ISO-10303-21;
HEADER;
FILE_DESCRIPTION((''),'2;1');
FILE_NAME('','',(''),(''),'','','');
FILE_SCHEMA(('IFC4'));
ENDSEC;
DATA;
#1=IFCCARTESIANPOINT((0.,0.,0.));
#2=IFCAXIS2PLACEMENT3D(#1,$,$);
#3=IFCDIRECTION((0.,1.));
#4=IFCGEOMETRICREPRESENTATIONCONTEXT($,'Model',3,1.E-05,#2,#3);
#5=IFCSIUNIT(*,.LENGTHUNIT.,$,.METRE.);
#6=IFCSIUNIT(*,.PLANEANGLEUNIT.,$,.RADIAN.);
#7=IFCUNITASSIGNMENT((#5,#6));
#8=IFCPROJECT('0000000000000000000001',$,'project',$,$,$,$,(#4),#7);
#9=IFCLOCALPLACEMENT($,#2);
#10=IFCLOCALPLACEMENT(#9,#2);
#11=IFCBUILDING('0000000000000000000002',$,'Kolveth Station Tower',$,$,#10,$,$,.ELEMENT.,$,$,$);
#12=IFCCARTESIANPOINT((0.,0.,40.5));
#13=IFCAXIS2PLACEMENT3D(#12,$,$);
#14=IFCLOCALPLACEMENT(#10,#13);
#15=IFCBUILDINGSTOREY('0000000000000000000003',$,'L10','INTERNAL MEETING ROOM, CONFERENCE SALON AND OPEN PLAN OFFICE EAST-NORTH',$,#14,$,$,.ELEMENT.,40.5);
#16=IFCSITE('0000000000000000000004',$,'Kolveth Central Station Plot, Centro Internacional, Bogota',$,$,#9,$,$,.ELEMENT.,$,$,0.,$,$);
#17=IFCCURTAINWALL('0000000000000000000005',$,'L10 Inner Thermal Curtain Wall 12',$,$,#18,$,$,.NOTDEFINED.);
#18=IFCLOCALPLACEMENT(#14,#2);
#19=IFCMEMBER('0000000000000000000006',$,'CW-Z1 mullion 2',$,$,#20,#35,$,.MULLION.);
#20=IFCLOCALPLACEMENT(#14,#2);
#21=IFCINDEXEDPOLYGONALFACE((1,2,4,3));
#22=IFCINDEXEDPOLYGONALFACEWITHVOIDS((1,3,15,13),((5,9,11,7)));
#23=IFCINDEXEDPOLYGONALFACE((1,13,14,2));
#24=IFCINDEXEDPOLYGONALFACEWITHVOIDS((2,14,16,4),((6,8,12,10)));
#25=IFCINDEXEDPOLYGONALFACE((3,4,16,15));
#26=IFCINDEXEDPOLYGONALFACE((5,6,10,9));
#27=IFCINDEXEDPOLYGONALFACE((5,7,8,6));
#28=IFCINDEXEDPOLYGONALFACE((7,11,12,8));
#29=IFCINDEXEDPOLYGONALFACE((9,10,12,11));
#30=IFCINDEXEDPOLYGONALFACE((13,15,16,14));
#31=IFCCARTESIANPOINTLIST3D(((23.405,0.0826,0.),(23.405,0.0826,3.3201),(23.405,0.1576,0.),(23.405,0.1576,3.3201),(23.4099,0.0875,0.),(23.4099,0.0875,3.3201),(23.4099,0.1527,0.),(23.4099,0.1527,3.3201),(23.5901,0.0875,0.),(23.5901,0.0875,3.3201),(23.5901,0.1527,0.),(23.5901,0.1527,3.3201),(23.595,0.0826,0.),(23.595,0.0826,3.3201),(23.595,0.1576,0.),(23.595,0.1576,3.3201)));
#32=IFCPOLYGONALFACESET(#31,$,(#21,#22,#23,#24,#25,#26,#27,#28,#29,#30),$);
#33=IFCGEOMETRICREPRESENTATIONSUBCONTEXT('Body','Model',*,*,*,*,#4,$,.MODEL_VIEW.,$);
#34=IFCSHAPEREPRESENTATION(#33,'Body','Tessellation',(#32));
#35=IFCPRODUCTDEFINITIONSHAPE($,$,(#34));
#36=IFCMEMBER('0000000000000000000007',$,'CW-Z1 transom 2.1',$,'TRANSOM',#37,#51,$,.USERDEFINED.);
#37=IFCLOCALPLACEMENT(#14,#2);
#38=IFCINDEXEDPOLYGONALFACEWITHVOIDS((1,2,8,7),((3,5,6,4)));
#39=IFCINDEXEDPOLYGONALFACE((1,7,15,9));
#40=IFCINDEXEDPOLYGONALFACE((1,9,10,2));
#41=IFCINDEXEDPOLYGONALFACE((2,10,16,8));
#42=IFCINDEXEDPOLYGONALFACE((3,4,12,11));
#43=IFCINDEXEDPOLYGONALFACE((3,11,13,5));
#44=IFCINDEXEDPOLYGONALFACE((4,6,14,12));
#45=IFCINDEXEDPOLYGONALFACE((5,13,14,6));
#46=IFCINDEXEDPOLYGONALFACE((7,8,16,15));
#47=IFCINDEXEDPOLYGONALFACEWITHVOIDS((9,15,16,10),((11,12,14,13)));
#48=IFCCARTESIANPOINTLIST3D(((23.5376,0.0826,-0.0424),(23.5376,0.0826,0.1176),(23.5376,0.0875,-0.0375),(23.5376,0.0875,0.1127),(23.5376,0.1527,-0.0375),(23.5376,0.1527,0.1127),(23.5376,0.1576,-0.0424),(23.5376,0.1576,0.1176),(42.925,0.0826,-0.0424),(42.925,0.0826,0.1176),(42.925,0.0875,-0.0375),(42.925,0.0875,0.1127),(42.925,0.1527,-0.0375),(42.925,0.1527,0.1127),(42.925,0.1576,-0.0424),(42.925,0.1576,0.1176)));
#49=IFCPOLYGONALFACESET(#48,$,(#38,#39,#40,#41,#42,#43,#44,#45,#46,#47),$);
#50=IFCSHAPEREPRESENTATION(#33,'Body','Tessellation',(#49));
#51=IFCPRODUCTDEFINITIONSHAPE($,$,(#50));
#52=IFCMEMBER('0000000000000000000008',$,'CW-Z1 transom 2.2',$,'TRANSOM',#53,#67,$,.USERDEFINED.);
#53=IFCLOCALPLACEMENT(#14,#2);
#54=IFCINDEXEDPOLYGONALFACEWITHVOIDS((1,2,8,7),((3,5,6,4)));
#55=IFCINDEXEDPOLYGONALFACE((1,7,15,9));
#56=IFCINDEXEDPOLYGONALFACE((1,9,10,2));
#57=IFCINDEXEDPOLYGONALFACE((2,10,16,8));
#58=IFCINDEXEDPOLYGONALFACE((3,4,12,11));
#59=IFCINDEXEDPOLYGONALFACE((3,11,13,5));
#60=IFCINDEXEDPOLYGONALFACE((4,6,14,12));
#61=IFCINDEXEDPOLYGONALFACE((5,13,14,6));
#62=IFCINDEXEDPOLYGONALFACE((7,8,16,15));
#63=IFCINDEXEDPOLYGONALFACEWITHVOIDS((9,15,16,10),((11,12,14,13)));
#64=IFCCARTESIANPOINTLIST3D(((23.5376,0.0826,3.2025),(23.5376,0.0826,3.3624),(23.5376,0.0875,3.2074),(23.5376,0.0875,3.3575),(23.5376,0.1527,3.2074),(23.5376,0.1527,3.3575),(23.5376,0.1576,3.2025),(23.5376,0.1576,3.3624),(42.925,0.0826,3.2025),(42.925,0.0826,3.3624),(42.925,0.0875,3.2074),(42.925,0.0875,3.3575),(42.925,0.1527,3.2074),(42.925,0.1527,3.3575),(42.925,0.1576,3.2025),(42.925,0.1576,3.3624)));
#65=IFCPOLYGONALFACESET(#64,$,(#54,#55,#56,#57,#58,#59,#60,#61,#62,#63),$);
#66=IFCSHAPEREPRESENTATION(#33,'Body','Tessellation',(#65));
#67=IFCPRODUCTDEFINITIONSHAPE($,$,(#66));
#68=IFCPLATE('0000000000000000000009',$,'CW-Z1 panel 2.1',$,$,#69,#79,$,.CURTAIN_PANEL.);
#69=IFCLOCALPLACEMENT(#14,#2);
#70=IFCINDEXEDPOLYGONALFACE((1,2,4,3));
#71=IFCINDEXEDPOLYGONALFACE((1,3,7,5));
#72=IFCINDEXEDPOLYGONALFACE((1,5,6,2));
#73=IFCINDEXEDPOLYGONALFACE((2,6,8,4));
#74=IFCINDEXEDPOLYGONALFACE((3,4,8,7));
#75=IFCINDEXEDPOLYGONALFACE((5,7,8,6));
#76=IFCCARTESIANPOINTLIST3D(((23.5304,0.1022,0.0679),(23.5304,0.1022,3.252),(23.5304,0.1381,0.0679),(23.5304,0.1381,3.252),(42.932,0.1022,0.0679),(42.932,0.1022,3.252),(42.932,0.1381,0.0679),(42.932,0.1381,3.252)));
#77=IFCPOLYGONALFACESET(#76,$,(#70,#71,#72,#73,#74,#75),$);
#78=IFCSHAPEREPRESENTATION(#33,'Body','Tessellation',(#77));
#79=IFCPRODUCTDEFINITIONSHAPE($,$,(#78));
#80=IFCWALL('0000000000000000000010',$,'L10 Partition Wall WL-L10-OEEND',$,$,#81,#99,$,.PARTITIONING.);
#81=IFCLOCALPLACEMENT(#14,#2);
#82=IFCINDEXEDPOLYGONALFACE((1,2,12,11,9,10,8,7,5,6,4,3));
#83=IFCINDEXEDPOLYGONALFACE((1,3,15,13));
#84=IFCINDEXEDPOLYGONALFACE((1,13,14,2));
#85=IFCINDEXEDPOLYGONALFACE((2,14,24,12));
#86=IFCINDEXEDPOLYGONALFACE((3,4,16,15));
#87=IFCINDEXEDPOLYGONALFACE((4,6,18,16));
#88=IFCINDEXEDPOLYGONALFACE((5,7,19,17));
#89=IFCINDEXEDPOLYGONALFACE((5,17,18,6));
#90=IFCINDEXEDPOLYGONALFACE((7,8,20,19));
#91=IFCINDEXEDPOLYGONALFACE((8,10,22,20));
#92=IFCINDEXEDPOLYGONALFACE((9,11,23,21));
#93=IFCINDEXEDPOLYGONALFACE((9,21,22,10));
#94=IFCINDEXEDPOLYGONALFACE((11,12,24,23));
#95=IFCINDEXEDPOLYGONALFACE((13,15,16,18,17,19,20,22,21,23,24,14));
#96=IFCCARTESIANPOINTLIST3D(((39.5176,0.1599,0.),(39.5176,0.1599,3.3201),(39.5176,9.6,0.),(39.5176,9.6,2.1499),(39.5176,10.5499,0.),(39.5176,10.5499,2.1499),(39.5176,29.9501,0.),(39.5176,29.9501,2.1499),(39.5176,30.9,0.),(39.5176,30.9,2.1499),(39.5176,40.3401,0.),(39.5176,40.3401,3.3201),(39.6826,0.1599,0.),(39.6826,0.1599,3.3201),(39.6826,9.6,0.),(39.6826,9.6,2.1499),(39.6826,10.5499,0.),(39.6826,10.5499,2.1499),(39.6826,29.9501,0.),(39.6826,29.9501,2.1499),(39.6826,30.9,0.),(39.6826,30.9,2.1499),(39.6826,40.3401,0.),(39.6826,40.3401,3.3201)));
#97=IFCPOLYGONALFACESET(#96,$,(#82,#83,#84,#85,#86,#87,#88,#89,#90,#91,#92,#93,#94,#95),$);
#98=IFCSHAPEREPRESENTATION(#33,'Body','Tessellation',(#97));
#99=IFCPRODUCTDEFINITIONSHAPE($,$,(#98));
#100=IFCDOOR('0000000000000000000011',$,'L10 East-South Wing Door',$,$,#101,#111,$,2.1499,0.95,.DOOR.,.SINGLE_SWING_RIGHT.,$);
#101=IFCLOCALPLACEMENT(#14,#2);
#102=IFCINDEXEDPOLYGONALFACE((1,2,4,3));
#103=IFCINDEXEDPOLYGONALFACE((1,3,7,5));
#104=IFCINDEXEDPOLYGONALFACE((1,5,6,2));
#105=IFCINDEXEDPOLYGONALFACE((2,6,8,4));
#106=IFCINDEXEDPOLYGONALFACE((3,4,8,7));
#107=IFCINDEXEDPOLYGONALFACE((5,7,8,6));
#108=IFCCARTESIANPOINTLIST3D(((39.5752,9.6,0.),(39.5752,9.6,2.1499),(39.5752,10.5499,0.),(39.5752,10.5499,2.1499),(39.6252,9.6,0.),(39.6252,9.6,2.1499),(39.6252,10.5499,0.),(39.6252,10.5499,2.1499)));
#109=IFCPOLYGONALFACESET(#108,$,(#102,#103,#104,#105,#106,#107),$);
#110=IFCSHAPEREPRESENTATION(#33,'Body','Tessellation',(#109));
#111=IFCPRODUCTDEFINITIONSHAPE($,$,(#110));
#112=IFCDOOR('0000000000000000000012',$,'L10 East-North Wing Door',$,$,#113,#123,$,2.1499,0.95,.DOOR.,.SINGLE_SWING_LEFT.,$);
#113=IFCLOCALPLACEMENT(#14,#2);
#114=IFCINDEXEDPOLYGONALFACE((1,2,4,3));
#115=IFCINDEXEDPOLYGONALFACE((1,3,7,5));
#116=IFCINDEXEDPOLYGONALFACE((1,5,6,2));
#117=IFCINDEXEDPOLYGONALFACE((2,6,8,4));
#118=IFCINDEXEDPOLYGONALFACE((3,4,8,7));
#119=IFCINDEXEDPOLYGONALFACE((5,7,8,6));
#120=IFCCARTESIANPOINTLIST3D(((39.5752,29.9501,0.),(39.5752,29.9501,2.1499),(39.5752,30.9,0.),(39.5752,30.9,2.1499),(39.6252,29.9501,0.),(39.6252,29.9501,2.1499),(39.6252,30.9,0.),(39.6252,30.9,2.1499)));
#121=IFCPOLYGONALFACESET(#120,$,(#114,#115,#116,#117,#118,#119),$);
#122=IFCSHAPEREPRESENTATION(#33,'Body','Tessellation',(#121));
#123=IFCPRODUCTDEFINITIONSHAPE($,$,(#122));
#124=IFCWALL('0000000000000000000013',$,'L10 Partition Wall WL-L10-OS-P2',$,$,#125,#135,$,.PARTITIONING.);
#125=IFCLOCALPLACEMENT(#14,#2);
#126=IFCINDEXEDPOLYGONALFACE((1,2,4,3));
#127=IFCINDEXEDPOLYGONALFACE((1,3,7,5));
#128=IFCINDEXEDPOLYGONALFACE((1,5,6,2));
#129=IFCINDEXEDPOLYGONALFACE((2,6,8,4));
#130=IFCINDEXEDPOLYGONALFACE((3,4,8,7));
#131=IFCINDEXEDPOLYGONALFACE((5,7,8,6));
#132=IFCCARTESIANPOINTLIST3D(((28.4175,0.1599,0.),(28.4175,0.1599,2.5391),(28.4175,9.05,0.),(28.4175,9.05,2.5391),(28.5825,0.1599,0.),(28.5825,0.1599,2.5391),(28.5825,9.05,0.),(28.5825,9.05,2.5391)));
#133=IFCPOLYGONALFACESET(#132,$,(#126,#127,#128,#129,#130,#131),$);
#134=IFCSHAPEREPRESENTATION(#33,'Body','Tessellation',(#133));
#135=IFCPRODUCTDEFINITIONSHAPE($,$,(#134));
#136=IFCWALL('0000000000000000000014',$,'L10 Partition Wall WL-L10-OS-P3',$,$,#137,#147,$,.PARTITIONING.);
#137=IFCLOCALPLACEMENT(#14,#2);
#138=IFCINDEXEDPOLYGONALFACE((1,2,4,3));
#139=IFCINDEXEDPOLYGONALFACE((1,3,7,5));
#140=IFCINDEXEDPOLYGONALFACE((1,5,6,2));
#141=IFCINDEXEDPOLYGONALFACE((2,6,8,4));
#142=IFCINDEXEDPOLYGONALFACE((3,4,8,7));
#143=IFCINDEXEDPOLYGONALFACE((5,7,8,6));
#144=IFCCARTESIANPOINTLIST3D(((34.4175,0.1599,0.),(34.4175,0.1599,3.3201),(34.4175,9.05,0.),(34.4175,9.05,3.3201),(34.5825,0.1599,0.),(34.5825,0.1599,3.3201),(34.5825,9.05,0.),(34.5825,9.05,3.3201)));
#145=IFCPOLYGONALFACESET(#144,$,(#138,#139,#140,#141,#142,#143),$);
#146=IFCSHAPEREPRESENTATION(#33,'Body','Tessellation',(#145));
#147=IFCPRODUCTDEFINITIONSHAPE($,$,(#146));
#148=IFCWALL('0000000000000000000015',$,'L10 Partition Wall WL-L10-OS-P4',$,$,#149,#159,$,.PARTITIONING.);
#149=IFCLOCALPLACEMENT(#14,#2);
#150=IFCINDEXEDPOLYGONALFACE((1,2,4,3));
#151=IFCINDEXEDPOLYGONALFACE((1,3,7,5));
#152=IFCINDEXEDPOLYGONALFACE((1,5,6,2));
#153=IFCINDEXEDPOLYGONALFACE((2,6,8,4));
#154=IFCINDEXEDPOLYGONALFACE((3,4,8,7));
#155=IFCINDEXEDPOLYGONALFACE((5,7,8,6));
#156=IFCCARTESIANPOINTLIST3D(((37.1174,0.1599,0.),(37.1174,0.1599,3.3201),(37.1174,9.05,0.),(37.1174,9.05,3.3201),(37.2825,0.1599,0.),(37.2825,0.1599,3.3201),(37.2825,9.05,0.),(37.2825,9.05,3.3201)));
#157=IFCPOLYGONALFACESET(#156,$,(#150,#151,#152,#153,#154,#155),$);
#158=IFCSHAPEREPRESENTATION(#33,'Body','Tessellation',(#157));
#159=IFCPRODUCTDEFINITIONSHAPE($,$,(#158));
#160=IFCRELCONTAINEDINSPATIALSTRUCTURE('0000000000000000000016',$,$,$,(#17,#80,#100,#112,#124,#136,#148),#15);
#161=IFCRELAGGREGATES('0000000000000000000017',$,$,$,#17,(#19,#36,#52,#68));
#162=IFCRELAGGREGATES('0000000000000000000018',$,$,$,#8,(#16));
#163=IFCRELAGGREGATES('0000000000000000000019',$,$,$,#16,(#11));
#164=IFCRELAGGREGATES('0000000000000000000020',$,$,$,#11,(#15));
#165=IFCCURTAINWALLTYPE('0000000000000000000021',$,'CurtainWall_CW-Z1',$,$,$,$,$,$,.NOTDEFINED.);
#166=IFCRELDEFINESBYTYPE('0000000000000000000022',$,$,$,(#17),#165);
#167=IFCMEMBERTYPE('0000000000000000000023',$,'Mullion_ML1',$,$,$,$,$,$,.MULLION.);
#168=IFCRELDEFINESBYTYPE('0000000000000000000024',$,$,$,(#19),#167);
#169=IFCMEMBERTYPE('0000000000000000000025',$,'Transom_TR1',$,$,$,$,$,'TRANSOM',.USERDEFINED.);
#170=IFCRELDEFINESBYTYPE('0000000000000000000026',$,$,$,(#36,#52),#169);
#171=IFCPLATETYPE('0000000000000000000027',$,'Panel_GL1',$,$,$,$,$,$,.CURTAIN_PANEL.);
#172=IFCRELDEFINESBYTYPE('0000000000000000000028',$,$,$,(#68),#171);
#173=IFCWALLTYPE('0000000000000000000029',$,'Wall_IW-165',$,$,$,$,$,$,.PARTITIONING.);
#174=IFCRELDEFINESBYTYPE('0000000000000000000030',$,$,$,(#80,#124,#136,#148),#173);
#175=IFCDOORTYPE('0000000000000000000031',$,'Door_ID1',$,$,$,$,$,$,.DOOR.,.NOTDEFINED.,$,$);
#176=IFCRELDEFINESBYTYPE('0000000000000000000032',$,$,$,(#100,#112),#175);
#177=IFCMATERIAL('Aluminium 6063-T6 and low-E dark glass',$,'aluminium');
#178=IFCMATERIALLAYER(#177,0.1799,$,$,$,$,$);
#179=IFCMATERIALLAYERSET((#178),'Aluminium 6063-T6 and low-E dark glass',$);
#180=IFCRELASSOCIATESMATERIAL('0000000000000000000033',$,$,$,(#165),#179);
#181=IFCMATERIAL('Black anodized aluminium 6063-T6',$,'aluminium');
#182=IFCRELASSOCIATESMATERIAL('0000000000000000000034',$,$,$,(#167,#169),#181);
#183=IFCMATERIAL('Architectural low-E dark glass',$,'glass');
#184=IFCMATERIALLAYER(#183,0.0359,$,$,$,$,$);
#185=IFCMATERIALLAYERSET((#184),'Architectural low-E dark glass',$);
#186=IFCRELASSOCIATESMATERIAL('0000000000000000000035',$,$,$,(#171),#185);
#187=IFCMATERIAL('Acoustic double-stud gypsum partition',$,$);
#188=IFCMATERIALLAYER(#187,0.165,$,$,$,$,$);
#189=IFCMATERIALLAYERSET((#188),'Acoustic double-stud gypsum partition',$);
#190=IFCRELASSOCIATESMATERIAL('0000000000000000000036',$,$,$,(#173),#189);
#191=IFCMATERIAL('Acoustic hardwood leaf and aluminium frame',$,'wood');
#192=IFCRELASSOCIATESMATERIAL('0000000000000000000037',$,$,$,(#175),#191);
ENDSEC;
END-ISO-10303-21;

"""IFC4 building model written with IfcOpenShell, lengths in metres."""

from ifc_helpers import new_model, si_unit, direction, frame, frame_2d, origin, origin_2d, place, context, subcontext, project, spatial, rectangle, hollow_rectangle, extrude, source, transform, mapped, material, layer, layer_set, material_profile, profile_set, type_object, element, fill, aggregate, save


model = new_model("IFC4")

# Units and contexts
model_context = context("Model", 3, precision=1e-05, world=origin(), true_north=direction((0.0, 1.0)))
body_context = subcontext(model_context, "Body", "Model", "MODEL_VIEW")
ifc_project = project(units=[si_unit("LENGTHUNIT", "METRE"), si_unit("PLANEANGLEUNIT", "RADIAN")], contexts=[model_context])

# Site, building, storey
site_placement = place(None, origin())
site = spatial("IfcSite", under=ifc_project, at=site_placement, Name="Kolveth Central Station Plot, Centro Internacional, Bogota", CompositionType="ELEMENT", RefElevation=0.0)
building_placement = place(site_placement, origin())
building = spatial("IfcBuilding", under=site, at=building_placement, Name="Kolveth Station Tower", CompositionType="ELEMENT")
storey_placement = place(building_placement, frame((0.0, 0.0, 40.5)))
storey = spatial("IfcBuildingStorey", under=building, at=storey_placement, Name="L10", Description="INTERNAL MEETING ROOM, CONFERENCE SALON AND OPEN PLAN OFFICE EAST-NORTH", CompositionType="ELEMENT", Elevation=40.5)

# Curtain wall, members, plate
ifc_material_1 = material(Name="Aluminium 6063-T6 and low-E dark glass", Category="aluminium")
ifc_layer_1 = layer(ifc_material_1, 0.1799)
ifc_layer_set_1 = layer_set([ifc_layer_1], Name="Aluminium 6063-T6 and low-E dark glass")
curtain_wall_type = type_object("IfcCurtainWallType", Name="CurtainWall_CW-Z1", PredefinedType="NOTDEFINED", material=ifc_layer_set_1)
curtain_wall_placement = place(storey_placement, origin())
curtain_wall = element("IfcCurtainWall", 1, at=curtain_wall_placement, inside=storey, type_object=curtain_wall_type, Name="L10 Inner Thermal Curtain Wall 12", PredefinedType="NOTDEFINED")
ifc_material_2 = material(Name="Black anodized aluminium 6063-T6", Category="aluminium")
ifc_material_profile_1 = material_profile(ifc_material_2, hollow_rectangle(XDim=0.075, YDim=0.1899, WallThickness=0.0049, at=origin_2d()), Name="ALU-75x190x5")
ifc_profile_set_1 = profile_set([ifc_material_profile_1], Name="Black anodized aluminium 6063-T6")
member_type_1 = type_object("IfcMemberType", Name="Mullion_ML1", PredefinedType="MULLION", material=ifc_profile_set_1)
shared_shape_1 = source(origin(), body_context, "Body", "SweptSolid", [
    extrude(hollow_rectangle(XDim=0.075, YDim=0.1899, WallThickness=0.0049, at=origin_2d()), origin(), (0.0, 0.0, 1.0), 3.3201),
])
member_1_placement = place(storey_placement, frame((23.5, 0.1201, 0.0), z_axis=(0.0, 0.0, 1.0), x_axis=(0.0, 1.0, 0.0)))
member_1 = element("IfcMember", 2, at=member_1_placement, type_object=member_type_1, Name="CW-Z1 mullion 2", PredefinedType="MULLION", context=body_context, shape_type="MappedRepresentation", body=[
    mapped(shared_shape_1, transform((0.0, 0.0, 0.0), x_axis=(1.0, 0.0, 0.0), y_axis=(0.0, 1.0, 0.0), z_axis=(0.0, 0.0, 1.0), scale=1.0)),
])
ifc_material_profile_2 = material_profile(ifc_material_2, hollow_rectangle(XDim=0.075, YDim=0.1599, WallThickness=0.0049, at=origin_2d()), Name="ALU-75x160x5")
ifc_profile_set_2 = profile_set([ifc_material_profile_2], Name="Black anodized aluminium 6063-T6")
member_type_2 = type_object("IfcMemberType", Name="Transom_TR1", ElementType="TRANSOM", PredefinedType="USERDEFINED", material=ifc_profile_set_2)
shared_shape_2 = source(origin(), body_context, "Body", "SweptSolid", [
    extrude(hollow_rectangle(XDim=0.075, YDim=0.1599, WallThickness=0.0049, at=origin_2d()), origin(), (0.0, 0.0, 1.0), 19.3875),
])
member_2_placement = place(storey_placement, frame((23.5376, 0.1201, 0.0376), z_axis=(1.0, 0.0, 0.0), x_axis=(0.0, 1.0, 0.0)))
member_2 = element("IfcMember", 3, at=member_2_placement, type_object=member_type_2, Name="CW-Z1 transom 2.1", ObjectType="TRANSOM", PredefinedType="USERDEFINED", context=body_context, shape_type="MappedRepresentation", body=[
    mapped(shared_shape_2, transform((0.0, 0.0, 0.0), x_axis=(1.0, 0.0, 0.0), y_axis=(0.0, 1.0, 0.0), z_axis=(0.0, 0.0, 1.0), scale=1.0)),
])
member_3_placement = place(storey_placement, frame((23.5376, 0.1201, 3.2825), z_axis=(1.0, 0.0, 0.0), x_axis=(0.0, 1.0, 0.0)))
member_3 = element("IfcMember", 4, at=member_3_placement, type_object=member_type_2, Name="CW-Z1 transom 2.2", ObjectType="TRANSOM", PredefinedType="USERDEFINED", context=body_context, shape_type="MappedRepresentation", body=[
    mapped(shared_shape_2, transform((0.0, 0.0, 0.0), x_axis=(1.0, 0.0, 0.0), y_axis=(0.0, 1.0, 0.0), z_axis=(0.0, 0.0, 1.0), scale=1.0)),
])
ifc_material_3 = material(Name="Architectural low-E dark glass", Category="glass")
ifc_layer_2 = layer(ifc_material_3, 0.0359)
ifc_layer_set_2 = layer_set([ifc_layer_2], Name="Architectural low-E dark glass")
plate_type = type_object("IfcPlateType", Name="Panel_GL1", PredefinedType="CURTAIN_PANEL", material=ifc_layer_set_2)
shared_shape_3 = source(origin(), body_context, "Body", "SweptSolid", [
    extrude(rectangle(XDim=19.4016, YDim=0.0359, at=origin_2d()), origin(), (0.0, 0.0, 1.0), 3.1841),
])
plate_placement = place(storey_placement, frame((33.2312, 0.1201, 0.0679), z_axis=(0.0, 0.0, 1.0), x_axis=(1.0, 0.0, 0.0)))
plate = element("IfcPlate", 5, at=plate_placement, type_object=plate_type, Name="CW-Z1 panel 2.1", PredefinedType="CURTAIN_PANEL", context=body_context, shape_type="MappedRepresentation", body=[
    mapped(shared_shape_3, transform((0.0, 0.0, 0.0), x_axis=(1.0, 0.0, 0.0), y_axis=(0.0, 1.0, 0.0), z_axis=(0.0, 0.0, 1.0), scale=1.0)),
])
aggregate(curtain_wall, [member_1, member_2, member_3, plate])

# Wall, openings, doors
ifc_material_4 = material(Name="Acoustic double-stud gypsum partition")
ifc_layer_3 = layer(ifc_material_4, 0.165)
ifc_layer_set_3 = layer_set([ifc_layer_3], Name="Acoustic double-stud gypsum partition")
wall_type = type_object("IfcWallType", Name="Wall_IW-165", PredefinedType="PARTITIONING", material=ifc_layer_set_3)
wall_1_placement = place(storey_placement, frame((39.6001, 0.1599, 0.0), z_axis=(0.0, 0.0, 1.0), x_axis=(0.0, 1.0, 0.0)))
wall_1 = element("IfcWall", 6, at=wall_1_placement, inside=storey, type_object=wall_type, Name="L10 Partition Wall WL-L10-OEEND", PredefinedType="PARTITIONING", context=body_context, shape_type="SweptSolid", body=[
    extrude(rectangle(XDim=40.1802, YDim=0.165, at=frame_2d((20.0901, 0.0))), origin(), (0.0, 0.0, 1.0), 3.3201),
])
opening_1_placement = place(wall_1_placement, frame((9.4399, 0.0, 0.0)))
opening_1 = element("IfcOpeningElement", 7, at=opening_1_placement, cuts=wall_1, PredefinedType="OPENING", context=body_context, shape_type="SweptSolid", body=[
    extrude(rectangle(XDim=0.95, YDim=2.1499, at=frame_2d((0.4751, 1.075))), frame((0.0, 0.0925, 0.0), z_axis=(0.0, -1.0, 0.0), x_axis=(1.0, 0.0, 0.0)), (0.0, 0.0, 1.0), 0.1851),
])
opening_2_placement = place(wall_1_placement, frame((29.79, 0.0, 0.0)))
opening_2 = element("IfcOpeningElement", 8, at=opening_2_placement, cuts=wall_1, PredefinedType="OPENING", context=body_context, shape_type="SweptSolid", body=[
    extrude(rectangle(XDim=0.95, YDim=2.1499, at=frame_2d((0.4751, 1.075))), frame((0.0, 0.0925, 0.0), z_axis=(0.0, -1.0, 0.0), x_axis=(1.0, 0.0, 0.0)), (0.0, 0.0, 1.0), 0.1851),
])
ifc_material_5 = material(Name="Acoustic hardwood leaf and aluminium frame", Category="wood")
door_type = type_object("IfcDoorType", Name="Door_ID1", OperationType="NOTDEFINED", PredefinedType="DOOR", material=ifc_material_5)
door_1_placement = place(opening_1_placement, origin())
door_1 = element("IfcDoor", 9, at=door_1_placement, inside=storey, type_object=door_type, Name="L10 East-South Wing Door", OperationType="SINGLE_SWING_RIGHT", OverallHeight=2.1499, OverallWidth=0.95, PredefinedType="DOOR", context=body_context, shape_type="SweptSolid", body=[
    extrude(rectangle(XDim=0.95, YDim=2.1499, at=frame_2d((0.4751, 1.075))), frame((0.0, 0.0249, 0.0), z_axis=(0.0, -1.0, 0.0), x_axis=(1.0, 0.0, 0.0)), (0.0, 0.0, 1.0), 0.05),
])
fill(opening_1, door_1)
door_2_placement = place(opening_2_placement, origin())
door_2 = element("IfcDoor", 10, at=door_2_placement, inside=storey, type_object=door_type, Name="L10 East-North Wing Door", OperationType="SINGLE_SWING_LEFT", OverallHeight=2.1499, OverallWidth=0.95, PredefinedType="DOOR", context=body_context, shape_type="SweptSolid", body=[
    extrude(rectangle(XDim=0.95, YDim=2.1499, at=frame_2d((0.4751, 1.075))), frame((0.0, 0.0249, 0.0), z_axis=(0.0, -1.0, 0.0), x_axis=(1.0, 0.0, 0.0)), (0.0, 0.0, 1.0), 0.05),
])
fill(opening_2, door_2)

# Walls
wall_2_placement = place(storey_placement, frame((28.5, 0.1599, 0.0), z_axis=(0.0, 0.0, 1.0), x_axis=(0.0, 1.0, 0.0)))
element("IfcWall", 11, at=wall_2_placement, inside=storey, type_object=wall_type, Name="L10 Partition Wall WL-L10-OS-P2", PredefinedType="PARTITIONING", context=body_context, shape_type="SweptSolid", body=[
    extrude(rectangle(XDim=8.8901, YDim=0.165, at=frame_2d((4.4451, 0.0))), origin(), (0.0, 0.0, 1.0), 2.5391),
])
for number, where, z_axis, x_axis, name in (
    (12, (34.5, 0.1599, 0.0), (0.0, 0.0, 1.0), (0.0, 1.0, 0.0), "L10 Partition Wall WL-L10-OS-P3"),
    (13, (37.2, 0.1599, 0.0), (0.0, 0.0, 1.0), (0.0, 1.0, 0.0), "L10 Partition Wall WL-L10-OS-P4"),
):
    element("IfcWall", number, at=place(storey_placement, frame(where, z_axis=z_axis, x_axis=x_axis)), inside=storey, type_object=wall_type, Name=name, PredefinedType="PARTITIONING", context=body_context, shape_type="SweptSolid", body=[
        extrude(rectangle(XDim=8.8901, YDim=0.165, at=frame_2d((4.4451, 0.0))), origin(), (0.0, 0.0, 1.0), 3.3201),
    ])

save(model, "model.ifc")
